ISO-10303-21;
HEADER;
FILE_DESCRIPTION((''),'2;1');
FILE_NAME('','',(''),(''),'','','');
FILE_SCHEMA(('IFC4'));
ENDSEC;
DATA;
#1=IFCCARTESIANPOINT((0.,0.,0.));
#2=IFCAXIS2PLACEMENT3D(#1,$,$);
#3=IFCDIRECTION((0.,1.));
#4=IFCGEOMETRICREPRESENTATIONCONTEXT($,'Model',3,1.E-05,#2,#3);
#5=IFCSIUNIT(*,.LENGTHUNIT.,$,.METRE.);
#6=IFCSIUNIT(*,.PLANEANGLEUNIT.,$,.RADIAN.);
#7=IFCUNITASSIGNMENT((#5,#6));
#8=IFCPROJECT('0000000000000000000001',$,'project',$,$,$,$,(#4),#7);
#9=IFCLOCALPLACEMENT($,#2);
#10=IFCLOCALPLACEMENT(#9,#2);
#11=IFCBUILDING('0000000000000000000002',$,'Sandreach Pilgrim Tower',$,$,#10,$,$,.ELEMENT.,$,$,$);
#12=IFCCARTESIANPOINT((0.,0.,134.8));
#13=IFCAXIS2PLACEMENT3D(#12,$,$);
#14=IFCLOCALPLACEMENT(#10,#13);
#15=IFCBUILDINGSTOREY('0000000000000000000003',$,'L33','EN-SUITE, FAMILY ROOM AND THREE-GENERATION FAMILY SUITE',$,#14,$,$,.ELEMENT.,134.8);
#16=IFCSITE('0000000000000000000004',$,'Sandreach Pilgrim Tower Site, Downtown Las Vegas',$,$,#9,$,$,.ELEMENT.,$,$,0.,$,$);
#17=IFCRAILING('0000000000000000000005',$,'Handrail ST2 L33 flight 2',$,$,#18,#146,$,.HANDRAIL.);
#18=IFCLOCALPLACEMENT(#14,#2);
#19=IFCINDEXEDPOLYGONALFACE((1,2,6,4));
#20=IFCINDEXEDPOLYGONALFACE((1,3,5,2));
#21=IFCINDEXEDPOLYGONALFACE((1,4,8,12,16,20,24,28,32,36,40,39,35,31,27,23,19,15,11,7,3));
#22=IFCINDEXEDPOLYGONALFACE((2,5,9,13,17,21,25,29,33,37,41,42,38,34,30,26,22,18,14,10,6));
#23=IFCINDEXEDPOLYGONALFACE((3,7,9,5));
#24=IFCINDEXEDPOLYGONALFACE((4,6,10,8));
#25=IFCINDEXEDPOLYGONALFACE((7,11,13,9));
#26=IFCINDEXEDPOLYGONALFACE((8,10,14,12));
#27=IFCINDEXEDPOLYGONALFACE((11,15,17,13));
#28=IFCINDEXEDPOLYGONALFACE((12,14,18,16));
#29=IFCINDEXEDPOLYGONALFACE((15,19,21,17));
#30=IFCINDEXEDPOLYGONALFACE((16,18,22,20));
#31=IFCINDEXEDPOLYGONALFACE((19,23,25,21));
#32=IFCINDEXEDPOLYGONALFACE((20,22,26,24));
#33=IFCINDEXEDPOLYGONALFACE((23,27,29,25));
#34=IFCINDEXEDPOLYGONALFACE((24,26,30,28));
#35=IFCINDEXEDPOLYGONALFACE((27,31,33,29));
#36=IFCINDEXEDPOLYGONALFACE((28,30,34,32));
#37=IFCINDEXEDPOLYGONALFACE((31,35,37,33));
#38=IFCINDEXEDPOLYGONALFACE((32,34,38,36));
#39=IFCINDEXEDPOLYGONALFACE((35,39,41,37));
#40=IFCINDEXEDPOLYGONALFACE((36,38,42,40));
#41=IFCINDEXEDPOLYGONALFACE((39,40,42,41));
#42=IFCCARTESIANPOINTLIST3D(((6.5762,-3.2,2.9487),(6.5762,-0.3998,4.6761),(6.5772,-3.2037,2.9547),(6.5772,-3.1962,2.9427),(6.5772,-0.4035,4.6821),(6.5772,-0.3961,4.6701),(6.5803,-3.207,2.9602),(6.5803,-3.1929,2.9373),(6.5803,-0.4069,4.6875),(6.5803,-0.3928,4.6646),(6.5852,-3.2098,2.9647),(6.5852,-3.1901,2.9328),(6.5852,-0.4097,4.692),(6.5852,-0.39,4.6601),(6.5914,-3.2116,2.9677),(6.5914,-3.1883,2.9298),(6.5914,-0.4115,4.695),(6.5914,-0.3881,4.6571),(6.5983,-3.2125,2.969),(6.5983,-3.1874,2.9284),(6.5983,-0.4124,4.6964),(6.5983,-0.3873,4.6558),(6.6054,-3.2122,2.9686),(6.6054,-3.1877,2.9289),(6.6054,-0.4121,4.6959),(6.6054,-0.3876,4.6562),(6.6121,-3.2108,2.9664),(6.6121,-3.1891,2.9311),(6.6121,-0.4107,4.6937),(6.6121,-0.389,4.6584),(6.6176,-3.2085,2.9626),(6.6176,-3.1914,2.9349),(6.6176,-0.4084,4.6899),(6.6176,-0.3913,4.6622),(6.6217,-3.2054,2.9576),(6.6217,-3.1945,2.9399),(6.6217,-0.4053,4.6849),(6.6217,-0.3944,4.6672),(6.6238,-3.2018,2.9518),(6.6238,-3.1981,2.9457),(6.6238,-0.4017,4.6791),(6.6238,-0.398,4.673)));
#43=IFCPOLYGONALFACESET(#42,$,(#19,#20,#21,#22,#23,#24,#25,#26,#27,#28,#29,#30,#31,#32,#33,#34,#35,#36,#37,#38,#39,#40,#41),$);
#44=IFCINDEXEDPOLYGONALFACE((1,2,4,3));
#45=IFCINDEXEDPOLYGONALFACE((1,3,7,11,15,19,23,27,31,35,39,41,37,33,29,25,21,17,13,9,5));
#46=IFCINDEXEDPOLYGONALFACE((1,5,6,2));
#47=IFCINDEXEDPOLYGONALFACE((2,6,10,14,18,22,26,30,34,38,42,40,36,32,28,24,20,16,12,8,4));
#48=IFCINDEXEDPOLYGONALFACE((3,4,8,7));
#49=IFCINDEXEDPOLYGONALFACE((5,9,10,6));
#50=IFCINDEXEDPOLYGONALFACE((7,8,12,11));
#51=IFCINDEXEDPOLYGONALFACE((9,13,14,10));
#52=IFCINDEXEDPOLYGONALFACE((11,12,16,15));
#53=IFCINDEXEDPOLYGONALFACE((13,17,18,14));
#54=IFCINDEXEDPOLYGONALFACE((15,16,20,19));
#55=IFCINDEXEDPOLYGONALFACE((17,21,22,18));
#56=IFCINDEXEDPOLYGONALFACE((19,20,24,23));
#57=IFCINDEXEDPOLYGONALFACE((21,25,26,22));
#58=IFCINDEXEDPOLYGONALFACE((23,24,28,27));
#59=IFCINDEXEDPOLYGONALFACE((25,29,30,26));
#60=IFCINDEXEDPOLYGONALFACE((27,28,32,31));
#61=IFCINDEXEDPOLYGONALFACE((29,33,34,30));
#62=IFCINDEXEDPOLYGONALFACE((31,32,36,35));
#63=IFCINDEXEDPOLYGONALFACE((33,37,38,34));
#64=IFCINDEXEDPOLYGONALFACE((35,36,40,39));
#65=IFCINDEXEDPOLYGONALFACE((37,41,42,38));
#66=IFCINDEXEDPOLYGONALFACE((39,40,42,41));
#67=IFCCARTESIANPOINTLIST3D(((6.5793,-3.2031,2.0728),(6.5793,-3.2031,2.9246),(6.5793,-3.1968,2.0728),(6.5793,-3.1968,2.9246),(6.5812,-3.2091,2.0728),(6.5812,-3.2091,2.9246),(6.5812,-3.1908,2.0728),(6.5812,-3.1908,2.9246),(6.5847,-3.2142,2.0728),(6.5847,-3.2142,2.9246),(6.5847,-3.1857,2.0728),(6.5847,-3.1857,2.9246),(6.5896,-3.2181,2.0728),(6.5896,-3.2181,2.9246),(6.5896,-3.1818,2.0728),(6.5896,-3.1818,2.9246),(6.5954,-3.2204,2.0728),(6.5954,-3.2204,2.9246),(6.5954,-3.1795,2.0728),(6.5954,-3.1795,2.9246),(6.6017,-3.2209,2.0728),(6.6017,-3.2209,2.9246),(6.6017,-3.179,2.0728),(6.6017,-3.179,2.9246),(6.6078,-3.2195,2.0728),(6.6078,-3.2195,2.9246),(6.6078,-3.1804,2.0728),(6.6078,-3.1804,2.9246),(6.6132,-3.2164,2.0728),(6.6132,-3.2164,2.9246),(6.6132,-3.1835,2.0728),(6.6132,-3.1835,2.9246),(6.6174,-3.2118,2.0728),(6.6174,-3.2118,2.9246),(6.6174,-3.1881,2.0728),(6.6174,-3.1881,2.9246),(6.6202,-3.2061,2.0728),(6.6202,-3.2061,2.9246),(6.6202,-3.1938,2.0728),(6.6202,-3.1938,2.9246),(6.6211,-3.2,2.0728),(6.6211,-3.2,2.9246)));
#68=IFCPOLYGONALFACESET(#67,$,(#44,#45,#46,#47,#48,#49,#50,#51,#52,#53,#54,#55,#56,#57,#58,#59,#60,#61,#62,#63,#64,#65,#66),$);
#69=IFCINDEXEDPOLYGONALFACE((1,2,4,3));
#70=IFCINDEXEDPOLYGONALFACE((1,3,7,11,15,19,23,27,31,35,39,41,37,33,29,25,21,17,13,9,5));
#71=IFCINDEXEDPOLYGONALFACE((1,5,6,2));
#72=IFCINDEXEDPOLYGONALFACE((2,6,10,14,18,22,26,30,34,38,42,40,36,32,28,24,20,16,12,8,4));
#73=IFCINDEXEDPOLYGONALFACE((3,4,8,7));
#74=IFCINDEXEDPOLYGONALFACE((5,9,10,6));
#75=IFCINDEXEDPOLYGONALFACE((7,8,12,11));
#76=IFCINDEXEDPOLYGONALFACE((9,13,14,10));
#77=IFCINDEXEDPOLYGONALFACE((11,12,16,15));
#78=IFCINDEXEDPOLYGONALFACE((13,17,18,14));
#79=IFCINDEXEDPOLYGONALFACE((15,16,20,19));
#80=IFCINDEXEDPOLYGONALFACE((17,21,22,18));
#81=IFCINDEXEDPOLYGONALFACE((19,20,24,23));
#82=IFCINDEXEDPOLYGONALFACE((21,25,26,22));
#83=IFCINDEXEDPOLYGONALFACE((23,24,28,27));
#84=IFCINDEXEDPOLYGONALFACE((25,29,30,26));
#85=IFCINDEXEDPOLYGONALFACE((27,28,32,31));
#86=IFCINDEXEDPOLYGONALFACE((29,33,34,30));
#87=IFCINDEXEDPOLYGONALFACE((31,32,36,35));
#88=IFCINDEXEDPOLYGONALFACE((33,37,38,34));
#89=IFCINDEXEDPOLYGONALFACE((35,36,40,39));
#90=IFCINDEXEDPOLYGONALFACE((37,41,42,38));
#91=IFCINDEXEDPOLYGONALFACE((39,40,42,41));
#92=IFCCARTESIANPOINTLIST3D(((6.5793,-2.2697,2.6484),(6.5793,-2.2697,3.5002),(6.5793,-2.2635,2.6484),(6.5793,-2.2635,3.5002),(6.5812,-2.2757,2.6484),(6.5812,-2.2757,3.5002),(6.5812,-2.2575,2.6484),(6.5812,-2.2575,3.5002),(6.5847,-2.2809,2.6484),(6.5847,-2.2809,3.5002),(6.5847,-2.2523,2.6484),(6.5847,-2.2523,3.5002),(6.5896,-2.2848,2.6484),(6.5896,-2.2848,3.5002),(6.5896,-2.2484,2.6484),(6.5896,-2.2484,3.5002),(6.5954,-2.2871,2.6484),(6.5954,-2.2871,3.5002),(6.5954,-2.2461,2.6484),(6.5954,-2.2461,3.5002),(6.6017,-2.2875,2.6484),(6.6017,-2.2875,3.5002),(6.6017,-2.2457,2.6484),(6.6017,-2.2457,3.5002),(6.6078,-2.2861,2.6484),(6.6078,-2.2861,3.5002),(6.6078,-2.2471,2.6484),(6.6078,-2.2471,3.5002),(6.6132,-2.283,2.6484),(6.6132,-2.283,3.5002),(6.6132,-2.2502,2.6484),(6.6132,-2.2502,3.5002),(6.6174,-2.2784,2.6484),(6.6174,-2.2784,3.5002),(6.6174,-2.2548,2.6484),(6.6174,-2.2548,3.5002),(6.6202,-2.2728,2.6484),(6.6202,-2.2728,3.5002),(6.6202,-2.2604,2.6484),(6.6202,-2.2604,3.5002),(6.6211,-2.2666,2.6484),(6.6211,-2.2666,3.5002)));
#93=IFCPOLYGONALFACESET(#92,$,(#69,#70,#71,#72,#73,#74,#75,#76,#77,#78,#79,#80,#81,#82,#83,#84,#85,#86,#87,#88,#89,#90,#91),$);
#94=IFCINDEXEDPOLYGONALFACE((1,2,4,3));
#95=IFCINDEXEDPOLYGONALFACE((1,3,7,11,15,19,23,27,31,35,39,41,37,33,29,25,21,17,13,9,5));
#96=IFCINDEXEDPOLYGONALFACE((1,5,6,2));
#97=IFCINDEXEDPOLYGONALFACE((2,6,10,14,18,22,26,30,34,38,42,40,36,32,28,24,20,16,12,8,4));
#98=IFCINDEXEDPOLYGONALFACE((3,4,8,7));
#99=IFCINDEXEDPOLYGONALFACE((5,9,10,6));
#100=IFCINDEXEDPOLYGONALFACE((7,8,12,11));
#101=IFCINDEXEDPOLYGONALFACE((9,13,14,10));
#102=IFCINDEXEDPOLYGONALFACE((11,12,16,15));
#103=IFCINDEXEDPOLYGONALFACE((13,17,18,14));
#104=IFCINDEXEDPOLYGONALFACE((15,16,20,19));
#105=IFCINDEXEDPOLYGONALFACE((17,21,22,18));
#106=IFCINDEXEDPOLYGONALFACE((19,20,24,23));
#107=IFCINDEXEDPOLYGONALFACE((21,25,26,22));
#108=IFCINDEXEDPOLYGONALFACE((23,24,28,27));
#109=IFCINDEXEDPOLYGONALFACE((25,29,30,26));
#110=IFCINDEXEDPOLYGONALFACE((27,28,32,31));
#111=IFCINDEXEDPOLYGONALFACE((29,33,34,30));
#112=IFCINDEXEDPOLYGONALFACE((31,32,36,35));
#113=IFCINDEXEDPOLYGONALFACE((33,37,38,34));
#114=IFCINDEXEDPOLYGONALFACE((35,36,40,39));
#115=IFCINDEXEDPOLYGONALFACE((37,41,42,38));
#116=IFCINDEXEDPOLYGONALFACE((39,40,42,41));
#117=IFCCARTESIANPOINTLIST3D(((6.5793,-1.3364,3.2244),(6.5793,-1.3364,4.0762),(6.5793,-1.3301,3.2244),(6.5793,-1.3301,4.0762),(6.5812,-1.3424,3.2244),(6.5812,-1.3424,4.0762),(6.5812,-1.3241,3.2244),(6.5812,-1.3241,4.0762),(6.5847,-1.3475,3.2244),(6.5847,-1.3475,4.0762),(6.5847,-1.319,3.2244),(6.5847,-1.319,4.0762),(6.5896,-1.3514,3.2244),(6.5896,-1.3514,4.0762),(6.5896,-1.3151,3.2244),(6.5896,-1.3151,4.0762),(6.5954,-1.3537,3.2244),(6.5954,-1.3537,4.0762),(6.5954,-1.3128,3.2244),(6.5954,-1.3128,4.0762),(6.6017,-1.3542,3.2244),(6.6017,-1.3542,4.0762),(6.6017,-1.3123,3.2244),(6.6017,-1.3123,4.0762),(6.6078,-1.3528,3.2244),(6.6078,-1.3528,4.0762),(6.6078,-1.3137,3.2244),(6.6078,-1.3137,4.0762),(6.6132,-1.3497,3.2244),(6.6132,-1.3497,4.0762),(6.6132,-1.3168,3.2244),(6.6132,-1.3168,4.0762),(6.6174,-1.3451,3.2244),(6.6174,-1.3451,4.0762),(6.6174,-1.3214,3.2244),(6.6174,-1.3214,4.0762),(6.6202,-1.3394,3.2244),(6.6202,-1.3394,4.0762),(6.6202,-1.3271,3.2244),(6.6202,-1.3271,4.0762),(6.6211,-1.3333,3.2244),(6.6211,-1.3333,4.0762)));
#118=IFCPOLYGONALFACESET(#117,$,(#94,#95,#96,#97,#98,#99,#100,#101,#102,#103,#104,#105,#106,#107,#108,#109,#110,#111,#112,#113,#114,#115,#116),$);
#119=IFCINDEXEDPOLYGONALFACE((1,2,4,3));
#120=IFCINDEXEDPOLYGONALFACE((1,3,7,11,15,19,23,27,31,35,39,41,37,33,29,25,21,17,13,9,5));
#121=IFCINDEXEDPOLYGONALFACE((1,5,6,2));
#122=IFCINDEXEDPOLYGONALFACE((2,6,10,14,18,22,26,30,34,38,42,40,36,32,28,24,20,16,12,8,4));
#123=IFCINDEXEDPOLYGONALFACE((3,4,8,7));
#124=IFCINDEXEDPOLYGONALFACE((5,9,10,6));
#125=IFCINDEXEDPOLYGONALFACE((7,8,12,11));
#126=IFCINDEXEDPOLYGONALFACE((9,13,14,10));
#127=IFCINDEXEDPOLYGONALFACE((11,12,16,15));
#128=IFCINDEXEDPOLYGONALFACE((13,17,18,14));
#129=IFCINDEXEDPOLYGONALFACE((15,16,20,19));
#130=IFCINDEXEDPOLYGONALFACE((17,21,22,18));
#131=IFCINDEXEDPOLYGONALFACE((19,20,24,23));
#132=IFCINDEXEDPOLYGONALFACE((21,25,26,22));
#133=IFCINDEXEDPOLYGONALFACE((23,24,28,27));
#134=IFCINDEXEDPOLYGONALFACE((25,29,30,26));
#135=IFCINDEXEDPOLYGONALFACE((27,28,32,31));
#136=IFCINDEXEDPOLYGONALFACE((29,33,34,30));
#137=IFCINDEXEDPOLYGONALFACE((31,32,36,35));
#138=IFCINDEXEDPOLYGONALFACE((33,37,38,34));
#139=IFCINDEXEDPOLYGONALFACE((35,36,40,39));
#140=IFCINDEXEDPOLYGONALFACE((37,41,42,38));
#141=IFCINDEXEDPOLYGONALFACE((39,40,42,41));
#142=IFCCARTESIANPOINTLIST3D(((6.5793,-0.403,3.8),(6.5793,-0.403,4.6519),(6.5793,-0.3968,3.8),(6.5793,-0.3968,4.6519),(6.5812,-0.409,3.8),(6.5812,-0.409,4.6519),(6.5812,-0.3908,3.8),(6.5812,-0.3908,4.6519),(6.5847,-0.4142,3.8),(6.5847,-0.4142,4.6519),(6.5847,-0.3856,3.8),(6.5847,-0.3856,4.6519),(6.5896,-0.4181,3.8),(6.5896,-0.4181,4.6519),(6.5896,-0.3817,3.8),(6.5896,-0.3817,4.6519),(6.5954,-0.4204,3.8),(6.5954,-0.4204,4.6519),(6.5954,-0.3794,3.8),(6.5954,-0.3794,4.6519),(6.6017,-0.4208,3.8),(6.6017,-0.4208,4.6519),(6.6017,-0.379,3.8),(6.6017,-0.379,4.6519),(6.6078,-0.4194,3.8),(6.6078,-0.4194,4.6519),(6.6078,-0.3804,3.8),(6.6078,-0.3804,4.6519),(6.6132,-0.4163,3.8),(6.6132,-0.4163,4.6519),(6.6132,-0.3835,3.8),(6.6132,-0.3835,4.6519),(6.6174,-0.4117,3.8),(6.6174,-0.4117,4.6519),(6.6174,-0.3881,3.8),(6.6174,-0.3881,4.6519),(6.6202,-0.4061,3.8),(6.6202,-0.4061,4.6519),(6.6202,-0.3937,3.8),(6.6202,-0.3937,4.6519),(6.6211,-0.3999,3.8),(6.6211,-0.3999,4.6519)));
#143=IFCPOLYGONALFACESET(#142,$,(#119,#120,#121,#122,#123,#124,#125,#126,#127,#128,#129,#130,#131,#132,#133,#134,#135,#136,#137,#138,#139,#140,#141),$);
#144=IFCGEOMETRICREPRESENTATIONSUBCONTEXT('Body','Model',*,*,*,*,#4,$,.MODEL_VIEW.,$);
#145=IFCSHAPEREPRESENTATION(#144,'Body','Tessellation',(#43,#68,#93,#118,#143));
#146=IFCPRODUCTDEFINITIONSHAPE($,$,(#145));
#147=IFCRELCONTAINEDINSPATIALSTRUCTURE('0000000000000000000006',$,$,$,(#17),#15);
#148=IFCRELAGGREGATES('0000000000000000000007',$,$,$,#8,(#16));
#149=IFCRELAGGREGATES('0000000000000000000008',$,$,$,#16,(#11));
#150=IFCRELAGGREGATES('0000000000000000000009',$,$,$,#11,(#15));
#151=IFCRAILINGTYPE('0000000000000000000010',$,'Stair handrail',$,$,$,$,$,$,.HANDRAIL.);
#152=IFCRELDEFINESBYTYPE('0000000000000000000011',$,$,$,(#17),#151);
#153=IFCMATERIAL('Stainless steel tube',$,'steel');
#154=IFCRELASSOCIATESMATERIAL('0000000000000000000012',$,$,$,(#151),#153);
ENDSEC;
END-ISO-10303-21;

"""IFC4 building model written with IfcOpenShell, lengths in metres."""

from ifc_helpers import new_model, si_unit, direction, frame, origin, origin_2d, place, context, subcontext, project, spatial, circle, extrude, material, type_object, element, save


model = new_model("IFC4")

# Units and contexts
model_context = context("Model", 3, precision=1e-05, world=origin(), true_north=direction((0.0, 1.0)))
body_context = subcontext(model_context, "Body", "Model", "MODEL_VIEW")
ifc_project = project(units=[si_unit("LENGTHUNIT", "METRE"), si_unit("PLANEANGLEUNIT", "RADIAN")], contexts=[model_context])

# Site, building, storey
site_placement = place(None, origin())
site = spatial("IfcSite", under=ifc_project, at=site_placement, Name="Sandreach Pilgrim Tower Site, Downtown Las Vegas", CompositionType="ELEMENT", RefElevation=0.0)
building_placement = place(site_placement, origin())
building = spatial("IfcBuilding", under=site, at=building_placement, Name="Sandreach Pilgrim Tower", CompositionType="ELEMENT")
storey_placement = place(building_placement, frame((0.0, 0.0, 134.8)))
storey = spatial("IfcBuildingStorey", under=building, at=storey_placement, Name="L33", Description="EN-SUITE, FAMILY ROOM AND THREE-GENERATION FAMILY SUITE", CompositionType="ELEMENT", Elevation=134.8)

# Railing
ifc_material_1 = material(Name="Stainless steel tube", Category="steel")
railing_type = type_object("IfcRailingType", Name="Stair handrail", PredefinedType="HANDRAIL", material=ifc_material_1)
railing_placement = place(storey_placement, frame((6.6001, -3.2, 2.0728)))
element("IfcRailing", 1, at=railing_placement, inside=storey, type_object=railing_type, Name="Handrail ST2 L33 flight 2", PredefinedType="HANDRAIL", context=body_context, shape_type="SweptSolid", body=[
    extrude(circle(Radius=0.0239, at=origin_2d()), frame((0.0, 0.0, 0.876), z_axis=(0.0, 0.85109, 0.52502), x_axis=(-1.0, 0.0, 0.0)), (0.0, 0.0, 1.0), 3.29),
    extrude(circle(Radius=0.021, at=origin_2d()), origin(), (0.0, 0.0, 1.0), 0.8518),
    extrude(circle(Radius=0.021, at=origin_2d()), frame((0.0, 0.9333, 0.5757)), (0.0, 0.0, 1.0), 0.8518),
    extrude(circle(Radius=0.021, at=origin_2d()), frame((0.0, 1.8667, 1.1516)), (0.0, 0.0, 1.0), 0.8518),
    extrude(circle(Radius=0.021, at=origin_2d()), frame((0.0, 2.8, 1.7273)), (0.0, 0.0, 1.0), 0.8518),
])

save(model, "model.ifc")
